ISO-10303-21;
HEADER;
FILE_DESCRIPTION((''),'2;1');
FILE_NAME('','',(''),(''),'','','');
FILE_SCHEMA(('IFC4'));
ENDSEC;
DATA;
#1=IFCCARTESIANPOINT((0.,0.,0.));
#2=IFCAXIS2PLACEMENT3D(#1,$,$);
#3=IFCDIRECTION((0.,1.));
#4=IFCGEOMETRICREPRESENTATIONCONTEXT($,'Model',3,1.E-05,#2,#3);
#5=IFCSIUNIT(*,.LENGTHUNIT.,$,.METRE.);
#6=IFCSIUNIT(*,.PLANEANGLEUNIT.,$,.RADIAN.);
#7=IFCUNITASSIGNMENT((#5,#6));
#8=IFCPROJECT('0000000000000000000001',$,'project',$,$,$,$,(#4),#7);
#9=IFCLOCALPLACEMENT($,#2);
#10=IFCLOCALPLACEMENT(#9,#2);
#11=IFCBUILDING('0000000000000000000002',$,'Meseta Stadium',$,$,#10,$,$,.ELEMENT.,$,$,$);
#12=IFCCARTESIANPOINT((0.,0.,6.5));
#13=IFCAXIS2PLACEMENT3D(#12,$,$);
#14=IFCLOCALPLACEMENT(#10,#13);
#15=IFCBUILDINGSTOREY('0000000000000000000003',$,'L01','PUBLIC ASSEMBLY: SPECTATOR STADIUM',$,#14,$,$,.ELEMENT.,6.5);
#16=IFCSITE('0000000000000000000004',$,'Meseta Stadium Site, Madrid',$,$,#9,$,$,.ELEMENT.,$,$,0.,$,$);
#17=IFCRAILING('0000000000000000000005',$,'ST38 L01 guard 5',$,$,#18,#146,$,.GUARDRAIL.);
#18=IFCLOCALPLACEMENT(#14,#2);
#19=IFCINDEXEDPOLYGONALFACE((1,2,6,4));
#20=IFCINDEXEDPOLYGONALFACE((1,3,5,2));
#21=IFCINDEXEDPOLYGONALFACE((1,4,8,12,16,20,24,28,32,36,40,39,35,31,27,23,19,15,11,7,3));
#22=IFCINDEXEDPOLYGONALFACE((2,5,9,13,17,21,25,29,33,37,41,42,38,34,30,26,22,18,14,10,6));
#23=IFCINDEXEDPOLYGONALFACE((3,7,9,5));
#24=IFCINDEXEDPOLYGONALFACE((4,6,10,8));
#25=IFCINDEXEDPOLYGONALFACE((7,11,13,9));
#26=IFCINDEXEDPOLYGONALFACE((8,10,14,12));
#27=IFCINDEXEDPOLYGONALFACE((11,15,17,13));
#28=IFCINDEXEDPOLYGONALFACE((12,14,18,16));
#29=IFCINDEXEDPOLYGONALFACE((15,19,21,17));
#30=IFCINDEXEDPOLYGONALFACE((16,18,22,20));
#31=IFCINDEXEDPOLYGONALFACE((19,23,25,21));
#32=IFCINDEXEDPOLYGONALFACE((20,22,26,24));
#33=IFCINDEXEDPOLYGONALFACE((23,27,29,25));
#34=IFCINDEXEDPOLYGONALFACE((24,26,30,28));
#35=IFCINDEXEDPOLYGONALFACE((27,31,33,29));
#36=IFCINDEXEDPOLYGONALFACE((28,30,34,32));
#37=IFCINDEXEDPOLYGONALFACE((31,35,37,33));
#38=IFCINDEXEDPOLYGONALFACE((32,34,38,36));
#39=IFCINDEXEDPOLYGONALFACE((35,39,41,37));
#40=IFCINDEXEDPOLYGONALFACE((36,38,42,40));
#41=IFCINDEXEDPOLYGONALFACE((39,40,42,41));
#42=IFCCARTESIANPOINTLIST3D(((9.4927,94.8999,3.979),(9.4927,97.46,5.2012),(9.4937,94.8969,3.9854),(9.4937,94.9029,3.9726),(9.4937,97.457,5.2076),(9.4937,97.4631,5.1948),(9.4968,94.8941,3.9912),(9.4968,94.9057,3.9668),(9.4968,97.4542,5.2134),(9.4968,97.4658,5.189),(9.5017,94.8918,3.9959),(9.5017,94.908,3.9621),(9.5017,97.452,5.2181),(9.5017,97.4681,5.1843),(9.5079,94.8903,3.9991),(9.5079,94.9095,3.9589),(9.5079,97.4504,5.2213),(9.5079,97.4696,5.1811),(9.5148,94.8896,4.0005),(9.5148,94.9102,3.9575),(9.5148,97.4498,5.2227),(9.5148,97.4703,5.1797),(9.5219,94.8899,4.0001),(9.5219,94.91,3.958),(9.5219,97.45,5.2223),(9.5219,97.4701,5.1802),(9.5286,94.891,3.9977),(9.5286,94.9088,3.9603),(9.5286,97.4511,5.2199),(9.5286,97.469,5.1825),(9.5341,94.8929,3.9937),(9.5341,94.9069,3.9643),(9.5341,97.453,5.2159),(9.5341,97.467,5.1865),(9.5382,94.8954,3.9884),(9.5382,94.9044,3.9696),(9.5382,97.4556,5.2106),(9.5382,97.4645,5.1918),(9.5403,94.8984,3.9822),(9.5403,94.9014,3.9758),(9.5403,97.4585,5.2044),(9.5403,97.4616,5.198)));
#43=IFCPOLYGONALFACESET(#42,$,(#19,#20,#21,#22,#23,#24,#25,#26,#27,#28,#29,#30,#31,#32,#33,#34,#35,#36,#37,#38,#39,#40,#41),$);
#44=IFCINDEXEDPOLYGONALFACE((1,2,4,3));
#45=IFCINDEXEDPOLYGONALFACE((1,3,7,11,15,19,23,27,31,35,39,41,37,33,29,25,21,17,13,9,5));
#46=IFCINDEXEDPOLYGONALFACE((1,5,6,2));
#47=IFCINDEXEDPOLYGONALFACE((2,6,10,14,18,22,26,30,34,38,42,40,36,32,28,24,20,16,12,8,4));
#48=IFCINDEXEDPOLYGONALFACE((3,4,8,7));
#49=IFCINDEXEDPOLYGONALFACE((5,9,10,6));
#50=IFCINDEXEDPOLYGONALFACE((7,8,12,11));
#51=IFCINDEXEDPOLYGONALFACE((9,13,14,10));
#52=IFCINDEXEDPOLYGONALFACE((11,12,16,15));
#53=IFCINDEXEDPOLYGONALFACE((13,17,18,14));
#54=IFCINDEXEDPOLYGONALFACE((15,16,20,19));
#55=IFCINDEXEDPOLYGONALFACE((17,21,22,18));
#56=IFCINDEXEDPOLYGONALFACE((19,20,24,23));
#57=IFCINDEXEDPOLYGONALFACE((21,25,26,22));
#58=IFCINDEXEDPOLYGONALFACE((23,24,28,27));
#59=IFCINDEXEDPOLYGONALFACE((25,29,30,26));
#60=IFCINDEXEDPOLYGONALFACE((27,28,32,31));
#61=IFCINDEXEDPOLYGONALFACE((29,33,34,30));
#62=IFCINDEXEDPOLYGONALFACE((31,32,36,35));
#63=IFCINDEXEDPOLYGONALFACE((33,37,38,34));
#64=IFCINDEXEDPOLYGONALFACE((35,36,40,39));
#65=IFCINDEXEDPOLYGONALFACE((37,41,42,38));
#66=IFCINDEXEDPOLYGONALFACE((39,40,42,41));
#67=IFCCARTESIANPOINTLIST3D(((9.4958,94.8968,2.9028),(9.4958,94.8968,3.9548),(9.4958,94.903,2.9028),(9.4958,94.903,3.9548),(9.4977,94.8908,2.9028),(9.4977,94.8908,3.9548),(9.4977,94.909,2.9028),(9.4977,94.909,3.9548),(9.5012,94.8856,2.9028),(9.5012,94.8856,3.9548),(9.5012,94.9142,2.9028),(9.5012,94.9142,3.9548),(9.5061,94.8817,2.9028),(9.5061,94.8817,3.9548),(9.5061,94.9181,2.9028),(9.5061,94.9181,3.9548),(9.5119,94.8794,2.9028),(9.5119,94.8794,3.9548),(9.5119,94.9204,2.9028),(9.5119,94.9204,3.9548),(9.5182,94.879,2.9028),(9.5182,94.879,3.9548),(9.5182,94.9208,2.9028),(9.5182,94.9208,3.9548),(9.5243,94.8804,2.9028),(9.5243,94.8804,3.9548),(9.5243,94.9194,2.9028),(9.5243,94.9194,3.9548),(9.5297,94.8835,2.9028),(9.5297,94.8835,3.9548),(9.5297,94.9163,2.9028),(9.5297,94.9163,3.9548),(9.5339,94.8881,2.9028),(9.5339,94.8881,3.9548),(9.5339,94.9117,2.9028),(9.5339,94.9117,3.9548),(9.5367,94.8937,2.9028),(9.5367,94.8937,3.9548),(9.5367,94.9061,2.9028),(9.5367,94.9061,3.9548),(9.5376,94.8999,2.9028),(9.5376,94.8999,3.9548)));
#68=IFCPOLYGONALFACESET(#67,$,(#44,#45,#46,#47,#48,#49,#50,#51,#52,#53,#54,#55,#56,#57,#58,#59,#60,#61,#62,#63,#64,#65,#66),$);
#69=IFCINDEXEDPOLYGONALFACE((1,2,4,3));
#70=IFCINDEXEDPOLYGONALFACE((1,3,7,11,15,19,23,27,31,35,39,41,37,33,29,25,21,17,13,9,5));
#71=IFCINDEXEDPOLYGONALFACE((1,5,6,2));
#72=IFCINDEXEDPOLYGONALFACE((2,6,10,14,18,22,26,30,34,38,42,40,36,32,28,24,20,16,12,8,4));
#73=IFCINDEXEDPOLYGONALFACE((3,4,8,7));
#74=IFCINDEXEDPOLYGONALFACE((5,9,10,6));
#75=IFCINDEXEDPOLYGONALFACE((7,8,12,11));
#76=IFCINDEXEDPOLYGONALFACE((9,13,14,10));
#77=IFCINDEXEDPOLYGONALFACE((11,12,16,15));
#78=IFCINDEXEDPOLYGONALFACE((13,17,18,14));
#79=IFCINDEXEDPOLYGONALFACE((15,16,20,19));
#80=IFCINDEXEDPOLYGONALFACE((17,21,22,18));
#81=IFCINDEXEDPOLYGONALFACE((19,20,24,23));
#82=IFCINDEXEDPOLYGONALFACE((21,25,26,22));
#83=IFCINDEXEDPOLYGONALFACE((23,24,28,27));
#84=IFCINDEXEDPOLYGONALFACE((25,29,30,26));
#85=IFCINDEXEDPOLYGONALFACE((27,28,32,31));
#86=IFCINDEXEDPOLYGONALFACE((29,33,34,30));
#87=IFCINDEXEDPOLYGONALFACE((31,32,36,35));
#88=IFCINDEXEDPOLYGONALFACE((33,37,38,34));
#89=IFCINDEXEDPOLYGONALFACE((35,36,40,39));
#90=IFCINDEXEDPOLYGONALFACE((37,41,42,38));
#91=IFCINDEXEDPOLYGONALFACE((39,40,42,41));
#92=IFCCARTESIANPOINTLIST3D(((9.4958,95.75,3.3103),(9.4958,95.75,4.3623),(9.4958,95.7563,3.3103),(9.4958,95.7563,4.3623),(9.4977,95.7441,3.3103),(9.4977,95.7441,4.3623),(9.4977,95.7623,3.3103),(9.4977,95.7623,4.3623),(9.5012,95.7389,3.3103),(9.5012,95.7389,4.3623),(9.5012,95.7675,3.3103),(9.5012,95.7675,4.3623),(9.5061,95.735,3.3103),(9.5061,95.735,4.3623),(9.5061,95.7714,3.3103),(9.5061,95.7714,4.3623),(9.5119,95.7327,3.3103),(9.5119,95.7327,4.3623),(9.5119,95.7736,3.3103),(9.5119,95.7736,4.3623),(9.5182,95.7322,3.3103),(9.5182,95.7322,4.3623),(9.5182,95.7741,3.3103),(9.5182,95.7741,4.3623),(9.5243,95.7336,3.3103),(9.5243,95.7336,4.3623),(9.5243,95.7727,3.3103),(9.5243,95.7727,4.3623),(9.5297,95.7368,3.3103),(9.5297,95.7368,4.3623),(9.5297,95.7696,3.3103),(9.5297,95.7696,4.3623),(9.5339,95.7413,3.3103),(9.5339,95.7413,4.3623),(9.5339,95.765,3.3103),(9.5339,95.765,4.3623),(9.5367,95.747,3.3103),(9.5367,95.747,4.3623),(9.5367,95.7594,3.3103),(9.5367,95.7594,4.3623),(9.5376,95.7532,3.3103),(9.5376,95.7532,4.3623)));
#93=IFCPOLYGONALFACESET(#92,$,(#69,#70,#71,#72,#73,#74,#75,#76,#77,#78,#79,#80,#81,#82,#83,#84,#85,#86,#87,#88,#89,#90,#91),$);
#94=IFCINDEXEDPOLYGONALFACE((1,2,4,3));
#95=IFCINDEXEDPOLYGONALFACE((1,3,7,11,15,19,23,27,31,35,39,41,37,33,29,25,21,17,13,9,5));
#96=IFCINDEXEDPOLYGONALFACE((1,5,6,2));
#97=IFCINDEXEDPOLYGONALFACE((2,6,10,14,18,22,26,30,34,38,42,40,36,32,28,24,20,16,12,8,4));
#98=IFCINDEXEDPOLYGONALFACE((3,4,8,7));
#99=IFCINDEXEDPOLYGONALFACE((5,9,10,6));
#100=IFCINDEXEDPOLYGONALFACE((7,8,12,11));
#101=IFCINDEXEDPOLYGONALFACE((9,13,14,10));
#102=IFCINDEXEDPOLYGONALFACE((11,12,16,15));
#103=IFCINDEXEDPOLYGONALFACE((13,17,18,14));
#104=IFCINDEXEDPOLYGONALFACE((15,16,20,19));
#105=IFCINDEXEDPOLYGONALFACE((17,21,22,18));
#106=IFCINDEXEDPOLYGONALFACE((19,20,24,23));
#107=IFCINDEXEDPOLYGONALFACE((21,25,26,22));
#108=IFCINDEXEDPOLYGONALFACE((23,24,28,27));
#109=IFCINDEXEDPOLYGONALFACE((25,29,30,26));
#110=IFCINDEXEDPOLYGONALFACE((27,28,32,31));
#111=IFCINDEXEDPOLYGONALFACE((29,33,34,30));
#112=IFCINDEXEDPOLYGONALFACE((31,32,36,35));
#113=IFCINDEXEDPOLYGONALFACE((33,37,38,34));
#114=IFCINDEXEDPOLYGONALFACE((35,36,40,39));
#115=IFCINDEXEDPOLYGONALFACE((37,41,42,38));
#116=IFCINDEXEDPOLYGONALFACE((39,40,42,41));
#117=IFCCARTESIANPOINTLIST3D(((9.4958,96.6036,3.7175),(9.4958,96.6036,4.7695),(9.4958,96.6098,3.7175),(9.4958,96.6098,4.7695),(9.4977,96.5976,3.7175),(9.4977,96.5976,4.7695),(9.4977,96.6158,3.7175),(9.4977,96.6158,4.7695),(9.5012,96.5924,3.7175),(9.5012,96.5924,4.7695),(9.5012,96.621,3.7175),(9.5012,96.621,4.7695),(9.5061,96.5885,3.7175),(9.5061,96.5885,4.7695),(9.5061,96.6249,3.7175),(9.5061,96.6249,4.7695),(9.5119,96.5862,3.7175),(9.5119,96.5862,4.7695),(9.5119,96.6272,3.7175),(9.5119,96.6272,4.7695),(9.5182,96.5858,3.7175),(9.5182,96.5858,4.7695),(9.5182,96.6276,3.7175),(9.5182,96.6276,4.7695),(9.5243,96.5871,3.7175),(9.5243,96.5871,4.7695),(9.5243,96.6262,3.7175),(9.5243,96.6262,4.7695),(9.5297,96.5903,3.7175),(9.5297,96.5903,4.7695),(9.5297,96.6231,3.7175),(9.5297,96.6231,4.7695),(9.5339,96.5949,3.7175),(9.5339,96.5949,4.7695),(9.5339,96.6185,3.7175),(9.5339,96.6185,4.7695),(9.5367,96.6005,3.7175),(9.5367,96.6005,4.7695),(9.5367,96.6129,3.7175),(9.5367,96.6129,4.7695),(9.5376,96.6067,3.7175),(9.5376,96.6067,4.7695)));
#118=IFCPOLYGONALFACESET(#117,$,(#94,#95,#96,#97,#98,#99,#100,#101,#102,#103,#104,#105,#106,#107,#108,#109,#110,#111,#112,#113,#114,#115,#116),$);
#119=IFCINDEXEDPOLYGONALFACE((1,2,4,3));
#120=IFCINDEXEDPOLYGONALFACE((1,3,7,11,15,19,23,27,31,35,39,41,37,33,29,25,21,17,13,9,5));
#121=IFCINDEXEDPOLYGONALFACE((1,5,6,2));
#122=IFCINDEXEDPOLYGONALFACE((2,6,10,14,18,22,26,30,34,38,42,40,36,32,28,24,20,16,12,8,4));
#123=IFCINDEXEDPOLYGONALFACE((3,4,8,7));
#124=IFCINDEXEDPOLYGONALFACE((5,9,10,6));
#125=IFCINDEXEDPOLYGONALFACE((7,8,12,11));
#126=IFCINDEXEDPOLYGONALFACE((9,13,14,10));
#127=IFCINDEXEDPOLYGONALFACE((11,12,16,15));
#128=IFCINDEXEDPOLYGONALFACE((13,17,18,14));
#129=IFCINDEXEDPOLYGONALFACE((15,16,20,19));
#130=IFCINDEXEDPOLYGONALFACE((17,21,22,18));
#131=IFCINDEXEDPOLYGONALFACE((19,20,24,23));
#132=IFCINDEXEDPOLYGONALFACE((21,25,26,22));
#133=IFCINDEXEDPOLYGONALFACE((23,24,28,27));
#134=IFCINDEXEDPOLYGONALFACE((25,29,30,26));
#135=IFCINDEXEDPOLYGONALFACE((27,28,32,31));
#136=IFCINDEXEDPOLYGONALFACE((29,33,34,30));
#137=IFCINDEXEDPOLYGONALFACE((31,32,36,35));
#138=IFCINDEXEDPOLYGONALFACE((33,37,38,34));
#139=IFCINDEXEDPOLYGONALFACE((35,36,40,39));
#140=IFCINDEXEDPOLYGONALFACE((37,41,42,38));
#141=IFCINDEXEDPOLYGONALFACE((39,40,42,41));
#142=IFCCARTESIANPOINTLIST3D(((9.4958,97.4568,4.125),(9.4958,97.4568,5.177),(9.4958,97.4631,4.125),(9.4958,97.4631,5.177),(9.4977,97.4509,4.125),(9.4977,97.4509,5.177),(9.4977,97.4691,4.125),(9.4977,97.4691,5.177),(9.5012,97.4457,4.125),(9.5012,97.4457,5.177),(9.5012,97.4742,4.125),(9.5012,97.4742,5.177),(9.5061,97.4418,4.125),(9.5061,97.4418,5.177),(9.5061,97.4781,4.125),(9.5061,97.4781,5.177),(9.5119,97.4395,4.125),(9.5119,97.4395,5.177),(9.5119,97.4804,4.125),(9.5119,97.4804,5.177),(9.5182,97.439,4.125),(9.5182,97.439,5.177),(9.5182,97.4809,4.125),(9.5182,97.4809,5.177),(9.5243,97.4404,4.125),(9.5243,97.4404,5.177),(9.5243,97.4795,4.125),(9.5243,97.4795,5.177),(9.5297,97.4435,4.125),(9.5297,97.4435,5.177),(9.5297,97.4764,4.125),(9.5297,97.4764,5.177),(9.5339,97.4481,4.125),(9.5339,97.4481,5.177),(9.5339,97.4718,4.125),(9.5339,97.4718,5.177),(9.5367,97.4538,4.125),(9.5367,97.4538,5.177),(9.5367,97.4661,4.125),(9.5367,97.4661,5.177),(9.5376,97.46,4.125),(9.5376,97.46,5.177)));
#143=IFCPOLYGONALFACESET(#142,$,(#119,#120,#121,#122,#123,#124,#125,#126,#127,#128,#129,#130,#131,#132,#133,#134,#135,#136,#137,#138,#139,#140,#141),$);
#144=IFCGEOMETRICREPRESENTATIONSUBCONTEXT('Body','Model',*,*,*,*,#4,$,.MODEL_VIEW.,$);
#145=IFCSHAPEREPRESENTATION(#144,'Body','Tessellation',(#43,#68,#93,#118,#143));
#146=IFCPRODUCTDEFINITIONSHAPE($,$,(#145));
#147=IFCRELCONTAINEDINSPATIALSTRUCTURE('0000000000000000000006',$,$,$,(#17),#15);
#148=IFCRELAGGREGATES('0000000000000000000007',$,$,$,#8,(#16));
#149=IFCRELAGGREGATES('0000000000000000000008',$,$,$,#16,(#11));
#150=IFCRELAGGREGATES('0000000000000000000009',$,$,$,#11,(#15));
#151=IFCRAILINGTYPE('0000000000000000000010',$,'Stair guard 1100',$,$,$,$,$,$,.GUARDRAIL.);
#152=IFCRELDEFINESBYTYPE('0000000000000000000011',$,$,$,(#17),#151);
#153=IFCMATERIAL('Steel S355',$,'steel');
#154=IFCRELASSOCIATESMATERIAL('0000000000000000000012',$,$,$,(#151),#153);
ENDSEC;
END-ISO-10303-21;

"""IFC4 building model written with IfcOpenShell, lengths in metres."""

from ifc_helpers import new_model, si_unit, direction, frame, origin, origin_2d, place, context, subcontext, project, spatial, circle, extrude, material, type_object, element, save


model = new_model("IFC4")

# Units and contexts
model_context = context("Model", 3, precision=1e-05, world=origin(), true_north=direction((0.0, 1.0)))
body_context = subcontext(model_context, "Body", "Model", "MODEL_VIEW")
ifc_project = project(units=[si_unit("LENGTHUNIT", "METRE"), si_unit("PLANEANGLEUNIT", "RADIAN")], contexts=[model_context])

# Site, building, storey
site_placement = place(None, origin())
site = spatial("IfcSite", under=ifc_project, at=site_placement, Name="Meseta Stadium Site, Madrid", CompositionType="ELEMENT", RefElevation=0.0)
building_placement = place(site_placement, origin())
building = spatial("IfcBuilding", under=site, at=building_placement, Name="Meseta Stadium", CompositionType="ELEMENT")
storey_placement = place(building_placement, frame((0.0, 0.0, 6.5)))
storey = spatial("IfcBuildingStorey", under=building, at=storey_placement, Name="L01", Description="PUBLIC ASSEMBLY: SPECTATOR STADIUM", CompositionType="ELEMENT", Elevation=6.5)

# Railing
ifc_material_1 = material(Name="Steel S355", Category="steel")
railing_type_1 = type_object("IfcRailingType", Name="Stair guard 1100", PredefinedType="GUARDRAIL", material=ifc_material_1)
railing_1_placement = place(storey_placement, frame((9.5166, 94.8999, 2.9028)))
element("IfcRailing", 1, at=railing_1_placement, inside=storey, type_object=railing_type_1, Name="ST38 L01 guard 5", PredefinedType="GUARDRAIL", context=body_context, shape_type="SweptSolid", body=[
    extrude(circle(Radius=0.0239, at=origin_2d()), frame((0.0, 0.0, 1.0762), z_axis=(0.0, 0.902437, 0.430822), x_axis=(-1.0, 0.0, 0.0)), (0.0, 0.0, 1.0), 2.8369),
    extrude(circle(Radius=0.021, at=origin_2d()), origin(), (0.0, 0.0, 1.0), 1.052),
    extrude(circle(Radius=0.021, at=origin_2d()), frame((0.0, 0.8533, 0.4075)), (0.0, 0.0, 1.0), 1.052),
    extrude(circle(Radius=0.021, at=origin_2d()), frame((0.0, 1.7068, 0.8147)), (0.0, 0.0, 1.0), 1.052),
    extrude(circle(Radius=0.021, at=origin_2d()), frame((0.0, 2.5601, 1.2222)), (0.0, 0.0, 1.0), 1.052),
])

save(model, "model.ifc")
